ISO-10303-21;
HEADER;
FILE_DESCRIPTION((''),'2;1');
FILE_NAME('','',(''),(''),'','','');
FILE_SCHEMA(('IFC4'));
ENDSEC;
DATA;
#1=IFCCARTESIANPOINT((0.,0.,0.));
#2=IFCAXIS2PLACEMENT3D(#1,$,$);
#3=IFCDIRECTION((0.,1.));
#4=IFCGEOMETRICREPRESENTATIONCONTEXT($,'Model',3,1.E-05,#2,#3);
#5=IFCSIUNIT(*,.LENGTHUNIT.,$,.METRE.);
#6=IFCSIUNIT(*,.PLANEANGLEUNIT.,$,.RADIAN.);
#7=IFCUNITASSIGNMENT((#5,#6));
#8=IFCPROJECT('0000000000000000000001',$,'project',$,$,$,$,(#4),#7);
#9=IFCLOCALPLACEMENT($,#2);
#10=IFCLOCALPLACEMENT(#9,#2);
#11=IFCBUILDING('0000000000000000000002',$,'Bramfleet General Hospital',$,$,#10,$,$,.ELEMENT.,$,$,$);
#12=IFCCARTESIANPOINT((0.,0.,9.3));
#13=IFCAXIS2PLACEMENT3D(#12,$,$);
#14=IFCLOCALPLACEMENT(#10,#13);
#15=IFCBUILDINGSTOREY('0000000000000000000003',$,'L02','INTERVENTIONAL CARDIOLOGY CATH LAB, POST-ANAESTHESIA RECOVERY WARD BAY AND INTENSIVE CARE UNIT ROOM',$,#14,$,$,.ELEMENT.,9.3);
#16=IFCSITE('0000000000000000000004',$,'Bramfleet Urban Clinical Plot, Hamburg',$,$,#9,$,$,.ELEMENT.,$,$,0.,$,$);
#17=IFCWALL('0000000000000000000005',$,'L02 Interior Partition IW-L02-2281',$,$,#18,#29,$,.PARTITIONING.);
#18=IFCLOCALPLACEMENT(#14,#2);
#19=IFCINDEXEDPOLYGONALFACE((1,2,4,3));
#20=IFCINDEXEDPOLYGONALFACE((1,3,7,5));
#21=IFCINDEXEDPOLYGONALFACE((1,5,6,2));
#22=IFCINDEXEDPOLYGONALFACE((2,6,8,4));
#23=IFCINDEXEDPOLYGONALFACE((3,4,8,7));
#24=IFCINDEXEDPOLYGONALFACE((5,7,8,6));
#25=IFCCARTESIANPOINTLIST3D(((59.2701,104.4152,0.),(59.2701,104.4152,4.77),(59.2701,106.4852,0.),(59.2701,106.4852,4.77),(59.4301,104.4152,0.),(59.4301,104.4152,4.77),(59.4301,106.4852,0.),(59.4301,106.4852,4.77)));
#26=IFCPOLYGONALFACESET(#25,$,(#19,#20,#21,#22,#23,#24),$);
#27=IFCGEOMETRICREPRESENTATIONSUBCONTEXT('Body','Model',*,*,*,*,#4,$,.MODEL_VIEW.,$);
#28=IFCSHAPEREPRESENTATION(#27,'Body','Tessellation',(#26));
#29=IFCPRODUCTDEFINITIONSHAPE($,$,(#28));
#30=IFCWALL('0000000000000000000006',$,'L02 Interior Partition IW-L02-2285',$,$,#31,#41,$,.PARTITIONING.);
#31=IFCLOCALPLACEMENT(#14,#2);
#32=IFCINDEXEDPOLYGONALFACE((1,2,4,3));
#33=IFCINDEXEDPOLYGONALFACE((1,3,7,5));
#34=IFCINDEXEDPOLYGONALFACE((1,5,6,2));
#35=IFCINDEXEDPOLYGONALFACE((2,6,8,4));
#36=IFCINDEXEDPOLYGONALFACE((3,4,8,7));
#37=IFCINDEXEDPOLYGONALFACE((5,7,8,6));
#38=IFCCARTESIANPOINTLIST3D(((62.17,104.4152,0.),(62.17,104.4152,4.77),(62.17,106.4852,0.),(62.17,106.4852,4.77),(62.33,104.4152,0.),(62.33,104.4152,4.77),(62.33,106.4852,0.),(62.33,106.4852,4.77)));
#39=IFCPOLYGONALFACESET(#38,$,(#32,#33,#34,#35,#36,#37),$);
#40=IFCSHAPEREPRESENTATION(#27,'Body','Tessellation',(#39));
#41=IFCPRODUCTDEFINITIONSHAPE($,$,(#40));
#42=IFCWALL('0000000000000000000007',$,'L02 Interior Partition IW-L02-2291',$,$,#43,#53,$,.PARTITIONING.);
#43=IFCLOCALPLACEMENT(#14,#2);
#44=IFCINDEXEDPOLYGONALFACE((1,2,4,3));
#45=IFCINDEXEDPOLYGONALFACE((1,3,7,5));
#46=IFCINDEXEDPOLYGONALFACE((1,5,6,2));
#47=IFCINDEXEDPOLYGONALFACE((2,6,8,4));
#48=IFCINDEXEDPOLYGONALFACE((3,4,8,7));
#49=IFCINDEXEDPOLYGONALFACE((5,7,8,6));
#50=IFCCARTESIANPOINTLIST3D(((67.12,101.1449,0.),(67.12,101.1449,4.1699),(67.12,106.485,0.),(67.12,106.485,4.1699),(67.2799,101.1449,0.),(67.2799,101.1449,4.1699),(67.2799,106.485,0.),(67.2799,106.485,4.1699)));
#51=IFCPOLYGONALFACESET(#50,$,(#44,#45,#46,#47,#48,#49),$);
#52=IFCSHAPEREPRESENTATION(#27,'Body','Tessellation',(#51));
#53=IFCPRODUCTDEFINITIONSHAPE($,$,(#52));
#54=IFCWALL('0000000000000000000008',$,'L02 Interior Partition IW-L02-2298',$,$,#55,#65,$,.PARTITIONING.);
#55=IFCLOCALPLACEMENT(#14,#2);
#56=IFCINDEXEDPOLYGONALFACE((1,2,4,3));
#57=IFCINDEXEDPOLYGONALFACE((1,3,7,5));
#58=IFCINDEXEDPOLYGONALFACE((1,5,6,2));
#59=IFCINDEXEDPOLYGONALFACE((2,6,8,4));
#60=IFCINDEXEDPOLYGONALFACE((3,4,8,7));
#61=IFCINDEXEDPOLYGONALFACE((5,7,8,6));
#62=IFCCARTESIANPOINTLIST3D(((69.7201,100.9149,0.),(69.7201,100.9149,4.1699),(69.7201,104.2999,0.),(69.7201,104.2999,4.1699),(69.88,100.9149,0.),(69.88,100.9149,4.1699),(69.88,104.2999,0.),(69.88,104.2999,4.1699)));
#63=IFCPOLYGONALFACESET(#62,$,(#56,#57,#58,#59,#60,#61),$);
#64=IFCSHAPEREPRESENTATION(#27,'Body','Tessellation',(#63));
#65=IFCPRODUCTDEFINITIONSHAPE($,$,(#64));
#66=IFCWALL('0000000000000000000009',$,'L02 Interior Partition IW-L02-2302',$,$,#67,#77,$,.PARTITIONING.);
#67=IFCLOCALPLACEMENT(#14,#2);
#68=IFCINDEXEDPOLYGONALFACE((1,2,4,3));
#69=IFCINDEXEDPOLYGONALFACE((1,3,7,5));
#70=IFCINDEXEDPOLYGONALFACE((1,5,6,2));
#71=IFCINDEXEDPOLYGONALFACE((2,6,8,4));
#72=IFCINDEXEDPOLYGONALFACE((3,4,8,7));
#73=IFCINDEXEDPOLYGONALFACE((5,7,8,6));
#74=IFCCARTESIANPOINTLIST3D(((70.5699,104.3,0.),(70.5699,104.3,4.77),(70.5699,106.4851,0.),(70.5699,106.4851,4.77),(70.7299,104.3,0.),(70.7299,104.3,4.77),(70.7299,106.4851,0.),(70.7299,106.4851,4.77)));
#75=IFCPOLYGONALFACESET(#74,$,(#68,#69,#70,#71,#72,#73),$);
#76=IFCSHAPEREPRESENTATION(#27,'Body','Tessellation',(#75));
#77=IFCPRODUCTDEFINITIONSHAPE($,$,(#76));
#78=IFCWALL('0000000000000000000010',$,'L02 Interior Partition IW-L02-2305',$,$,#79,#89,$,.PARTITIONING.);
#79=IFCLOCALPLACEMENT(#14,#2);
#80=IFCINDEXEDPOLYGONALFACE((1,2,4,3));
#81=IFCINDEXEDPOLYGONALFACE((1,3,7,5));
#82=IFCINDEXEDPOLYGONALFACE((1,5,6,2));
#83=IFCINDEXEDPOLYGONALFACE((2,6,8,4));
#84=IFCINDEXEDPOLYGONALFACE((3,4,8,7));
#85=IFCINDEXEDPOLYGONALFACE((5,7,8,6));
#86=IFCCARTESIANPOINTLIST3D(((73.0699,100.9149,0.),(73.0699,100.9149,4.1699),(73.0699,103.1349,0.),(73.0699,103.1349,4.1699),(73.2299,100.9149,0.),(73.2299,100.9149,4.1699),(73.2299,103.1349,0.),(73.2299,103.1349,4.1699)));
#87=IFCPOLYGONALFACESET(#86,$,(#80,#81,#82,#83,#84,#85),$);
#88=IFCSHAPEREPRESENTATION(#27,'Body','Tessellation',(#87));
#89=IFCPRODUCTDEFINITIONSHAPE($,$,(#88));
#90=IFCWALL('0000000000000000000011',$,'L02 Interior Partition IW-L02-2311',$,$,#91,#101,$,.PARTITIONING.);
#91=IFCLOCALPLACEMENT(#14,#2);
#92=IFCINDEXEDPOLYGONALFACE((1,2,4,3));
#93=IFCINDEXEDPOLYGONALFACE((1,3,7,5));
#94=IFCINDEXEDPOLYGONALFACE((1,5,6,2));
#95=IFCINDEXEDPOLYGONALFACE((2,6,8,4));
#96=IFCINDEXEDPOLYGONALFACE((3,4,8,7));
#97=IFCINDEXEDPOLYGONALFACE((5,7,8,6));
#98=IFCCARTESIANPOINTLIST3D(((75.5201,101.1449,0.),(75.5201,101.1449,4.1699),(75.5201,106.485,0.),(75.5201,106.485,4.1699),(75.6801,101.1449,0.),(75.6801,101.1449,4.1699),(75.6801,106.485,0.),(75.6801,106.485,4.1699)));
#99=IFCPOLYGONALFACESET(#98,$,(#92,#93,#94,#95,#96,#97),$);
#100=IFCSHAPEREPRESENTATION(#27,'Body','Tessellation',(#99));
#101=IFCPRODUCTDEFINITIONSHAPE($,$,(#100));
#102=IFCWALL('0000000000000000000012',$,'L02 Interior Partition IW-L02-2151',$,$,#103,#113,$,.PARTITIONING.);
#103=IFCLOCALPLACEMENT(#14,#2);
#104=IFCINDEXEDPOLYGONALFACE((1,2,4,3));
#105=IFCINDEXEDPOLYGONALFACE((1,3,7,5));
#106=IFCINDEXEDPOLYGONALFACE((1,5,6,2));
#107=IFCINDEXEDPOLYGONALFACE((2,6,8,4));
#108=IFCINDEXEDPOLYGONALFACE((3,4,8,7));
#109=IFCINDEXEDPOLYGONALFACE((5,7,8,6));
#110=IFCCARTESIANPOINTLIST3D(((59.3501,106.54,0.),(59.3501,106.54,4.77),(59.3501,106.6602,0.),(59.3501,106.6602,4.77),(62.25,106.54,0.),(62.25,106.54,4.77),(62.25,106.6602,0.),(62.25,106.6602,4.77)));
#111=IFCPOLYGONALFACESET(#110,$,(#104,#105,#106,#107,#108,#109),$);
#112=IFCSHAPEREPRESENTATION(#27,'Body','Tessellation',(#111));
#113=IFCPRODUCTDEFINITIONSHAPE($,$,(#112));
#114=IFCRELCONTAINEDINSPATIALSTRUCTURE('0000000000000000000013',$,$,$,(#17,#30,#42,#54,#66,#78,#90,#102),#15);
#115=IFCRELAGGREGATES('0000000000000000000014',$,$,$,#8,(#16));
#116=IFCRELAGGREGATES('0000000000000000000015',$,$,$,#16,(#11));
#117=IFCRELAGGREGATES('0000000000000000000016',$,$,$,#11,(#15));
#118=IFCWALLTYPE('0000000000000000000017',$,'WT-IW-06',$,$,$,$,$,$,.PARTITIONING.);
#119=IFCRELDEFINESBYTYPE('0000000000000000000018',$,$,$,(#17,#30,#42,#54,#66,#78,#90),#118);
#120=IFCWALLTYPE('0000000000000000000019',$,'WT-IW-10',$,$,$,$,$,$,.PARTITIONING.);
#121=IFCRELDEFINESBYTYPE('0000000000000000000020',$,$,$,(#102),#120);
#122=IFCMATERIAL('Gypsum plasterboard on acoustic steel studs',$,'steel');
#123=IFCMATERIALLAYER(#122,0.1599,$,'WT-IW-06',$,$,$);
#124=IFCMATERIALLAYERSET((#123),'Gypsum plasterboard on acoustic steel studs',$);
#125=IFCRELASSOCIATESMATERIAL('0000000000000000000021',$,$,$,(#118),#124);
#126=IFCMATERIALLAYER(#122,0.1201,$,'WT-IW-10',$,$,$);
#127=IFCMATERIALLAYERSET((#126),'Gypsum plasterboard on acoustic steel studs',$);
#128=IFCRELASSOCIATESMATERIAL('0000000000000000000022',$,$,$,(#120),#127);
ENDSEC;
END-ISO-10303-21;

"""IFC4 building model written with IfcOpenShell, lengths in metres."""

from ifc_helpers import new_model, si_unit, direction, frame, frame_2d, origin, place, context, subcontext, project, spatial, rectangle, extrude, material, layer, layer_set, type_object, element, save


model = new_model("IFC4")

# Units and contexts
model_context = context("Model", 3, precision=1e-05, world=origin(), true_north=direction((0.0, 1.0)))
body_context = subcontext(model_context, "Body", "Model", "MODEL_VIEW")
ifc_project = project(units=[si_unit("LENGTHUNIT", "METRE"), si_unit("PLANEANGLEUNIT", "RADIAN")], contexts=[model_context])

# Site, building, storey
site_placement = place(None, origin())
site = spatial("IfcSite", under=ifc_project, at=site_placement, Name="Bramfleet Urban Clinical Plot, Hamburg", CompositionType="ELEMENT", RefElevation=0.0)
building_placement = place(site_placement, origin())
building = spatial("IfcBuilding", under=site, at=building_placement, Name="Bramfleet General Hospital", CompositionType="ELEMENT")
storey_placement = place(building_placement, frame((0.0, 0.0, 9.3)))
storey = spatial("IfcBuildingStorey", under=building, at=storey_placement, Name="L02", Description="INTERVENTIONAL CARDIOLOGY CATH LAB, POST-ANAESTHESIA RECOVERY WARD BAY AND INTENSIVE CARE UNIT ROOM", CompositionType="ELEMENT", Elevation=9.3)

# Shared definitions
ifc_material_1 = material(Name="Gypsum plasterboard on acoustic steel studs", Category="steel")
ifc_layer_1 = layer(ifc_material_1, 0.1599, Name="WT-IW-06")
ifc_layer_set_1 = layer_set([ifc_layer_1], Name="Gypsum plasterboard on acoustic steel studs")
wall_type_1 = type_object("IfcWallType", Name="WT-IW-06", PredefinedType="PARTITIONING", material=ifc_layer_set_1)

# Walls
for number, where, z_axis, x_axis, name in (
    (1, (59.3501, 104.415, 0.0), (0.0, 0.0, 1.0), (0.0, 1.0, 0.0), "L02 Interior Partition IW-L02-2281"),
    (2, (62.25, 104.415, 0.0), (0.0, 0.0, 1.0), (0.0, 1.0, 0.0), "L02 Interior Partition IW-L02-2285"),
):
    element("IfcWall", number, at=place(storey_placement, frame(where, z_axis=z_axis, x_axis=x_axis)), inside=storey, type_object=wall_type_1, Name=name, PredefinedType="PARTITIONING", context=body_context, shape_type="SweptSolid", body=[
        extrude(rectangle(XDim=2.0701, YDim=0.1599, at=frame_2d((1.0352, 0.0))), origin(), (0.0, 0.0, 1.0), 4.77),
    ])
wall_1_placement = place(storey_placement, frame((67.2, 101.145, 0.0), z_axis=(0.0, 0.0, 1.0), x_axis=(0.0, 1.0, 0.0)))
element("IfcWall", 3, at=wall_1_placement, inside=storey, type_object=wall_type_1, Name="L02 Interior Partition IW-L02-2291", PredefinedType="PARTITIONING", context=body_context, shape_type="SweptSolid", body=[
    extrude(rectangle(XDim=5.3401, YDim=0.1599, at=frame_2d((2.6699, 0.0))), origin(), (0.0, 0.0, 1.0), 4.1699),
])
wall_2_placement = place(storey_placement, frame((69.8, 100.915, 0.0), z_axis=(0.0, 0.0, 1.0), x_axis=(0.0, 1.0, 0.0)))
element("IfcWall", 4, at=wall_2_placement, inside=storey, type_object=wall_type_1, Name="L02 Interior Partition IW-L02-2298", PredefinedType="PARTITIONING", context=body_context, shape_type="SweptSolid", body=[
    extrude(rectangle(XDim=3.385, YDim=0.1599, at=frame_2d((1.6924, 0.0))), origin(), (0.0, 0.0, 1.0), 4.1699),
])
wall_3_placement = place(storey_placement, frame((70.6499, 104.3, 0.0), z_axis=(0.0, 0.0, 1.0), x_axis=(0.0, 1.0, 0.0)))
element("IfcWall", 5, at=wall_3_placement, inside=storey, type_object=wall_type_1, Name="L02 Interior Partition IW-L02-2302", PredefinedType="PARTITIONING", context=body_context, shape_type="SweptSolid", body=[
    extrude(rectangle(XDim=2.1851, YDim=0.1599, at=frame_2d((1.0925, 0.0))), origin(), (0.0, 0.0, 1.0), 4.77),
])
wall_4_placement = place(storey_placement, frame((73.1499, 100.915, 0.0), z_axis=(0.0, 0.0, 1.0), x_axis=(0.0, 1.0, 0.0)))
element("IfcWall", 6, at=wall_4_placement, inside=storey, type_object=wall_type_1, Name="L02 Interior Partition IW-L02-2305", PredefinedType="PARTITIONING", context=body_context, shape_type="SweptSolid", body=[
    extrude(rectangle(XDim=2.22, YDim=0.1599, at=frame_2d((1.1099, 0.0))), origin(), (0.0, 0.0, 1.0), 4.1699),
])
wall_5_placement = place(storey_placement, frame((75.6001, 101.145, 0.0), z_axis=(0.0, 0.0, 1.0), x_axis=(0.0, 1.0, 0.0)))
element("IfcWall", 7, at=wall_5_placement, inside=storey, type_object=wall_type_1, Name="L02 Interior Partition IW-L02-2311", PredefinedType="PARTITIONING", context=body_context, shape_type="SweptSolid", body=[
    extrude(rectangle(XDim=5.3401, YDim=0.1599, at=frame_2d((2.6699, 0.0))), origin(), (0.0, 0.0, 1.0), 4.1699),
])
ifc_layer_2 = layer(ifc_material_1, 0.1201, Name="WT-IW-10")
ifc_layer_set_2 = layer_set([ifc_layer_2], Name="Gypsum plasterboard on acoustic steel studs")
wall_type_2 = type_object("IfcWallType", Name="WT-IW-10", PredefinedType="PARTITIONING", material=ifc_layer_set_2)
wall_6_placement = place(storey_placement, frame((59.3501, 106.6001, 0.0), z_axis=(0.0, 0.0, 1.0), x_axis=(1.0, 0.0, 0.0)))
element("IfcWall", 8, at=wall_6_placement, inside=storey, type_object=wall_type_2, Name="L02 Interior Partition IW-L02-2151", PredefinedType="PARTITIONING", context=body_context, shape_type="SweptSolid", body=[
    extrude(rectangle(XDim=2.8999, YDim=0.1201, at=frame_2d((1.45, 0.0))), origin(), (0.0, 0.0, 1.0), 4.77),
])

save(model, "model.ifc")
